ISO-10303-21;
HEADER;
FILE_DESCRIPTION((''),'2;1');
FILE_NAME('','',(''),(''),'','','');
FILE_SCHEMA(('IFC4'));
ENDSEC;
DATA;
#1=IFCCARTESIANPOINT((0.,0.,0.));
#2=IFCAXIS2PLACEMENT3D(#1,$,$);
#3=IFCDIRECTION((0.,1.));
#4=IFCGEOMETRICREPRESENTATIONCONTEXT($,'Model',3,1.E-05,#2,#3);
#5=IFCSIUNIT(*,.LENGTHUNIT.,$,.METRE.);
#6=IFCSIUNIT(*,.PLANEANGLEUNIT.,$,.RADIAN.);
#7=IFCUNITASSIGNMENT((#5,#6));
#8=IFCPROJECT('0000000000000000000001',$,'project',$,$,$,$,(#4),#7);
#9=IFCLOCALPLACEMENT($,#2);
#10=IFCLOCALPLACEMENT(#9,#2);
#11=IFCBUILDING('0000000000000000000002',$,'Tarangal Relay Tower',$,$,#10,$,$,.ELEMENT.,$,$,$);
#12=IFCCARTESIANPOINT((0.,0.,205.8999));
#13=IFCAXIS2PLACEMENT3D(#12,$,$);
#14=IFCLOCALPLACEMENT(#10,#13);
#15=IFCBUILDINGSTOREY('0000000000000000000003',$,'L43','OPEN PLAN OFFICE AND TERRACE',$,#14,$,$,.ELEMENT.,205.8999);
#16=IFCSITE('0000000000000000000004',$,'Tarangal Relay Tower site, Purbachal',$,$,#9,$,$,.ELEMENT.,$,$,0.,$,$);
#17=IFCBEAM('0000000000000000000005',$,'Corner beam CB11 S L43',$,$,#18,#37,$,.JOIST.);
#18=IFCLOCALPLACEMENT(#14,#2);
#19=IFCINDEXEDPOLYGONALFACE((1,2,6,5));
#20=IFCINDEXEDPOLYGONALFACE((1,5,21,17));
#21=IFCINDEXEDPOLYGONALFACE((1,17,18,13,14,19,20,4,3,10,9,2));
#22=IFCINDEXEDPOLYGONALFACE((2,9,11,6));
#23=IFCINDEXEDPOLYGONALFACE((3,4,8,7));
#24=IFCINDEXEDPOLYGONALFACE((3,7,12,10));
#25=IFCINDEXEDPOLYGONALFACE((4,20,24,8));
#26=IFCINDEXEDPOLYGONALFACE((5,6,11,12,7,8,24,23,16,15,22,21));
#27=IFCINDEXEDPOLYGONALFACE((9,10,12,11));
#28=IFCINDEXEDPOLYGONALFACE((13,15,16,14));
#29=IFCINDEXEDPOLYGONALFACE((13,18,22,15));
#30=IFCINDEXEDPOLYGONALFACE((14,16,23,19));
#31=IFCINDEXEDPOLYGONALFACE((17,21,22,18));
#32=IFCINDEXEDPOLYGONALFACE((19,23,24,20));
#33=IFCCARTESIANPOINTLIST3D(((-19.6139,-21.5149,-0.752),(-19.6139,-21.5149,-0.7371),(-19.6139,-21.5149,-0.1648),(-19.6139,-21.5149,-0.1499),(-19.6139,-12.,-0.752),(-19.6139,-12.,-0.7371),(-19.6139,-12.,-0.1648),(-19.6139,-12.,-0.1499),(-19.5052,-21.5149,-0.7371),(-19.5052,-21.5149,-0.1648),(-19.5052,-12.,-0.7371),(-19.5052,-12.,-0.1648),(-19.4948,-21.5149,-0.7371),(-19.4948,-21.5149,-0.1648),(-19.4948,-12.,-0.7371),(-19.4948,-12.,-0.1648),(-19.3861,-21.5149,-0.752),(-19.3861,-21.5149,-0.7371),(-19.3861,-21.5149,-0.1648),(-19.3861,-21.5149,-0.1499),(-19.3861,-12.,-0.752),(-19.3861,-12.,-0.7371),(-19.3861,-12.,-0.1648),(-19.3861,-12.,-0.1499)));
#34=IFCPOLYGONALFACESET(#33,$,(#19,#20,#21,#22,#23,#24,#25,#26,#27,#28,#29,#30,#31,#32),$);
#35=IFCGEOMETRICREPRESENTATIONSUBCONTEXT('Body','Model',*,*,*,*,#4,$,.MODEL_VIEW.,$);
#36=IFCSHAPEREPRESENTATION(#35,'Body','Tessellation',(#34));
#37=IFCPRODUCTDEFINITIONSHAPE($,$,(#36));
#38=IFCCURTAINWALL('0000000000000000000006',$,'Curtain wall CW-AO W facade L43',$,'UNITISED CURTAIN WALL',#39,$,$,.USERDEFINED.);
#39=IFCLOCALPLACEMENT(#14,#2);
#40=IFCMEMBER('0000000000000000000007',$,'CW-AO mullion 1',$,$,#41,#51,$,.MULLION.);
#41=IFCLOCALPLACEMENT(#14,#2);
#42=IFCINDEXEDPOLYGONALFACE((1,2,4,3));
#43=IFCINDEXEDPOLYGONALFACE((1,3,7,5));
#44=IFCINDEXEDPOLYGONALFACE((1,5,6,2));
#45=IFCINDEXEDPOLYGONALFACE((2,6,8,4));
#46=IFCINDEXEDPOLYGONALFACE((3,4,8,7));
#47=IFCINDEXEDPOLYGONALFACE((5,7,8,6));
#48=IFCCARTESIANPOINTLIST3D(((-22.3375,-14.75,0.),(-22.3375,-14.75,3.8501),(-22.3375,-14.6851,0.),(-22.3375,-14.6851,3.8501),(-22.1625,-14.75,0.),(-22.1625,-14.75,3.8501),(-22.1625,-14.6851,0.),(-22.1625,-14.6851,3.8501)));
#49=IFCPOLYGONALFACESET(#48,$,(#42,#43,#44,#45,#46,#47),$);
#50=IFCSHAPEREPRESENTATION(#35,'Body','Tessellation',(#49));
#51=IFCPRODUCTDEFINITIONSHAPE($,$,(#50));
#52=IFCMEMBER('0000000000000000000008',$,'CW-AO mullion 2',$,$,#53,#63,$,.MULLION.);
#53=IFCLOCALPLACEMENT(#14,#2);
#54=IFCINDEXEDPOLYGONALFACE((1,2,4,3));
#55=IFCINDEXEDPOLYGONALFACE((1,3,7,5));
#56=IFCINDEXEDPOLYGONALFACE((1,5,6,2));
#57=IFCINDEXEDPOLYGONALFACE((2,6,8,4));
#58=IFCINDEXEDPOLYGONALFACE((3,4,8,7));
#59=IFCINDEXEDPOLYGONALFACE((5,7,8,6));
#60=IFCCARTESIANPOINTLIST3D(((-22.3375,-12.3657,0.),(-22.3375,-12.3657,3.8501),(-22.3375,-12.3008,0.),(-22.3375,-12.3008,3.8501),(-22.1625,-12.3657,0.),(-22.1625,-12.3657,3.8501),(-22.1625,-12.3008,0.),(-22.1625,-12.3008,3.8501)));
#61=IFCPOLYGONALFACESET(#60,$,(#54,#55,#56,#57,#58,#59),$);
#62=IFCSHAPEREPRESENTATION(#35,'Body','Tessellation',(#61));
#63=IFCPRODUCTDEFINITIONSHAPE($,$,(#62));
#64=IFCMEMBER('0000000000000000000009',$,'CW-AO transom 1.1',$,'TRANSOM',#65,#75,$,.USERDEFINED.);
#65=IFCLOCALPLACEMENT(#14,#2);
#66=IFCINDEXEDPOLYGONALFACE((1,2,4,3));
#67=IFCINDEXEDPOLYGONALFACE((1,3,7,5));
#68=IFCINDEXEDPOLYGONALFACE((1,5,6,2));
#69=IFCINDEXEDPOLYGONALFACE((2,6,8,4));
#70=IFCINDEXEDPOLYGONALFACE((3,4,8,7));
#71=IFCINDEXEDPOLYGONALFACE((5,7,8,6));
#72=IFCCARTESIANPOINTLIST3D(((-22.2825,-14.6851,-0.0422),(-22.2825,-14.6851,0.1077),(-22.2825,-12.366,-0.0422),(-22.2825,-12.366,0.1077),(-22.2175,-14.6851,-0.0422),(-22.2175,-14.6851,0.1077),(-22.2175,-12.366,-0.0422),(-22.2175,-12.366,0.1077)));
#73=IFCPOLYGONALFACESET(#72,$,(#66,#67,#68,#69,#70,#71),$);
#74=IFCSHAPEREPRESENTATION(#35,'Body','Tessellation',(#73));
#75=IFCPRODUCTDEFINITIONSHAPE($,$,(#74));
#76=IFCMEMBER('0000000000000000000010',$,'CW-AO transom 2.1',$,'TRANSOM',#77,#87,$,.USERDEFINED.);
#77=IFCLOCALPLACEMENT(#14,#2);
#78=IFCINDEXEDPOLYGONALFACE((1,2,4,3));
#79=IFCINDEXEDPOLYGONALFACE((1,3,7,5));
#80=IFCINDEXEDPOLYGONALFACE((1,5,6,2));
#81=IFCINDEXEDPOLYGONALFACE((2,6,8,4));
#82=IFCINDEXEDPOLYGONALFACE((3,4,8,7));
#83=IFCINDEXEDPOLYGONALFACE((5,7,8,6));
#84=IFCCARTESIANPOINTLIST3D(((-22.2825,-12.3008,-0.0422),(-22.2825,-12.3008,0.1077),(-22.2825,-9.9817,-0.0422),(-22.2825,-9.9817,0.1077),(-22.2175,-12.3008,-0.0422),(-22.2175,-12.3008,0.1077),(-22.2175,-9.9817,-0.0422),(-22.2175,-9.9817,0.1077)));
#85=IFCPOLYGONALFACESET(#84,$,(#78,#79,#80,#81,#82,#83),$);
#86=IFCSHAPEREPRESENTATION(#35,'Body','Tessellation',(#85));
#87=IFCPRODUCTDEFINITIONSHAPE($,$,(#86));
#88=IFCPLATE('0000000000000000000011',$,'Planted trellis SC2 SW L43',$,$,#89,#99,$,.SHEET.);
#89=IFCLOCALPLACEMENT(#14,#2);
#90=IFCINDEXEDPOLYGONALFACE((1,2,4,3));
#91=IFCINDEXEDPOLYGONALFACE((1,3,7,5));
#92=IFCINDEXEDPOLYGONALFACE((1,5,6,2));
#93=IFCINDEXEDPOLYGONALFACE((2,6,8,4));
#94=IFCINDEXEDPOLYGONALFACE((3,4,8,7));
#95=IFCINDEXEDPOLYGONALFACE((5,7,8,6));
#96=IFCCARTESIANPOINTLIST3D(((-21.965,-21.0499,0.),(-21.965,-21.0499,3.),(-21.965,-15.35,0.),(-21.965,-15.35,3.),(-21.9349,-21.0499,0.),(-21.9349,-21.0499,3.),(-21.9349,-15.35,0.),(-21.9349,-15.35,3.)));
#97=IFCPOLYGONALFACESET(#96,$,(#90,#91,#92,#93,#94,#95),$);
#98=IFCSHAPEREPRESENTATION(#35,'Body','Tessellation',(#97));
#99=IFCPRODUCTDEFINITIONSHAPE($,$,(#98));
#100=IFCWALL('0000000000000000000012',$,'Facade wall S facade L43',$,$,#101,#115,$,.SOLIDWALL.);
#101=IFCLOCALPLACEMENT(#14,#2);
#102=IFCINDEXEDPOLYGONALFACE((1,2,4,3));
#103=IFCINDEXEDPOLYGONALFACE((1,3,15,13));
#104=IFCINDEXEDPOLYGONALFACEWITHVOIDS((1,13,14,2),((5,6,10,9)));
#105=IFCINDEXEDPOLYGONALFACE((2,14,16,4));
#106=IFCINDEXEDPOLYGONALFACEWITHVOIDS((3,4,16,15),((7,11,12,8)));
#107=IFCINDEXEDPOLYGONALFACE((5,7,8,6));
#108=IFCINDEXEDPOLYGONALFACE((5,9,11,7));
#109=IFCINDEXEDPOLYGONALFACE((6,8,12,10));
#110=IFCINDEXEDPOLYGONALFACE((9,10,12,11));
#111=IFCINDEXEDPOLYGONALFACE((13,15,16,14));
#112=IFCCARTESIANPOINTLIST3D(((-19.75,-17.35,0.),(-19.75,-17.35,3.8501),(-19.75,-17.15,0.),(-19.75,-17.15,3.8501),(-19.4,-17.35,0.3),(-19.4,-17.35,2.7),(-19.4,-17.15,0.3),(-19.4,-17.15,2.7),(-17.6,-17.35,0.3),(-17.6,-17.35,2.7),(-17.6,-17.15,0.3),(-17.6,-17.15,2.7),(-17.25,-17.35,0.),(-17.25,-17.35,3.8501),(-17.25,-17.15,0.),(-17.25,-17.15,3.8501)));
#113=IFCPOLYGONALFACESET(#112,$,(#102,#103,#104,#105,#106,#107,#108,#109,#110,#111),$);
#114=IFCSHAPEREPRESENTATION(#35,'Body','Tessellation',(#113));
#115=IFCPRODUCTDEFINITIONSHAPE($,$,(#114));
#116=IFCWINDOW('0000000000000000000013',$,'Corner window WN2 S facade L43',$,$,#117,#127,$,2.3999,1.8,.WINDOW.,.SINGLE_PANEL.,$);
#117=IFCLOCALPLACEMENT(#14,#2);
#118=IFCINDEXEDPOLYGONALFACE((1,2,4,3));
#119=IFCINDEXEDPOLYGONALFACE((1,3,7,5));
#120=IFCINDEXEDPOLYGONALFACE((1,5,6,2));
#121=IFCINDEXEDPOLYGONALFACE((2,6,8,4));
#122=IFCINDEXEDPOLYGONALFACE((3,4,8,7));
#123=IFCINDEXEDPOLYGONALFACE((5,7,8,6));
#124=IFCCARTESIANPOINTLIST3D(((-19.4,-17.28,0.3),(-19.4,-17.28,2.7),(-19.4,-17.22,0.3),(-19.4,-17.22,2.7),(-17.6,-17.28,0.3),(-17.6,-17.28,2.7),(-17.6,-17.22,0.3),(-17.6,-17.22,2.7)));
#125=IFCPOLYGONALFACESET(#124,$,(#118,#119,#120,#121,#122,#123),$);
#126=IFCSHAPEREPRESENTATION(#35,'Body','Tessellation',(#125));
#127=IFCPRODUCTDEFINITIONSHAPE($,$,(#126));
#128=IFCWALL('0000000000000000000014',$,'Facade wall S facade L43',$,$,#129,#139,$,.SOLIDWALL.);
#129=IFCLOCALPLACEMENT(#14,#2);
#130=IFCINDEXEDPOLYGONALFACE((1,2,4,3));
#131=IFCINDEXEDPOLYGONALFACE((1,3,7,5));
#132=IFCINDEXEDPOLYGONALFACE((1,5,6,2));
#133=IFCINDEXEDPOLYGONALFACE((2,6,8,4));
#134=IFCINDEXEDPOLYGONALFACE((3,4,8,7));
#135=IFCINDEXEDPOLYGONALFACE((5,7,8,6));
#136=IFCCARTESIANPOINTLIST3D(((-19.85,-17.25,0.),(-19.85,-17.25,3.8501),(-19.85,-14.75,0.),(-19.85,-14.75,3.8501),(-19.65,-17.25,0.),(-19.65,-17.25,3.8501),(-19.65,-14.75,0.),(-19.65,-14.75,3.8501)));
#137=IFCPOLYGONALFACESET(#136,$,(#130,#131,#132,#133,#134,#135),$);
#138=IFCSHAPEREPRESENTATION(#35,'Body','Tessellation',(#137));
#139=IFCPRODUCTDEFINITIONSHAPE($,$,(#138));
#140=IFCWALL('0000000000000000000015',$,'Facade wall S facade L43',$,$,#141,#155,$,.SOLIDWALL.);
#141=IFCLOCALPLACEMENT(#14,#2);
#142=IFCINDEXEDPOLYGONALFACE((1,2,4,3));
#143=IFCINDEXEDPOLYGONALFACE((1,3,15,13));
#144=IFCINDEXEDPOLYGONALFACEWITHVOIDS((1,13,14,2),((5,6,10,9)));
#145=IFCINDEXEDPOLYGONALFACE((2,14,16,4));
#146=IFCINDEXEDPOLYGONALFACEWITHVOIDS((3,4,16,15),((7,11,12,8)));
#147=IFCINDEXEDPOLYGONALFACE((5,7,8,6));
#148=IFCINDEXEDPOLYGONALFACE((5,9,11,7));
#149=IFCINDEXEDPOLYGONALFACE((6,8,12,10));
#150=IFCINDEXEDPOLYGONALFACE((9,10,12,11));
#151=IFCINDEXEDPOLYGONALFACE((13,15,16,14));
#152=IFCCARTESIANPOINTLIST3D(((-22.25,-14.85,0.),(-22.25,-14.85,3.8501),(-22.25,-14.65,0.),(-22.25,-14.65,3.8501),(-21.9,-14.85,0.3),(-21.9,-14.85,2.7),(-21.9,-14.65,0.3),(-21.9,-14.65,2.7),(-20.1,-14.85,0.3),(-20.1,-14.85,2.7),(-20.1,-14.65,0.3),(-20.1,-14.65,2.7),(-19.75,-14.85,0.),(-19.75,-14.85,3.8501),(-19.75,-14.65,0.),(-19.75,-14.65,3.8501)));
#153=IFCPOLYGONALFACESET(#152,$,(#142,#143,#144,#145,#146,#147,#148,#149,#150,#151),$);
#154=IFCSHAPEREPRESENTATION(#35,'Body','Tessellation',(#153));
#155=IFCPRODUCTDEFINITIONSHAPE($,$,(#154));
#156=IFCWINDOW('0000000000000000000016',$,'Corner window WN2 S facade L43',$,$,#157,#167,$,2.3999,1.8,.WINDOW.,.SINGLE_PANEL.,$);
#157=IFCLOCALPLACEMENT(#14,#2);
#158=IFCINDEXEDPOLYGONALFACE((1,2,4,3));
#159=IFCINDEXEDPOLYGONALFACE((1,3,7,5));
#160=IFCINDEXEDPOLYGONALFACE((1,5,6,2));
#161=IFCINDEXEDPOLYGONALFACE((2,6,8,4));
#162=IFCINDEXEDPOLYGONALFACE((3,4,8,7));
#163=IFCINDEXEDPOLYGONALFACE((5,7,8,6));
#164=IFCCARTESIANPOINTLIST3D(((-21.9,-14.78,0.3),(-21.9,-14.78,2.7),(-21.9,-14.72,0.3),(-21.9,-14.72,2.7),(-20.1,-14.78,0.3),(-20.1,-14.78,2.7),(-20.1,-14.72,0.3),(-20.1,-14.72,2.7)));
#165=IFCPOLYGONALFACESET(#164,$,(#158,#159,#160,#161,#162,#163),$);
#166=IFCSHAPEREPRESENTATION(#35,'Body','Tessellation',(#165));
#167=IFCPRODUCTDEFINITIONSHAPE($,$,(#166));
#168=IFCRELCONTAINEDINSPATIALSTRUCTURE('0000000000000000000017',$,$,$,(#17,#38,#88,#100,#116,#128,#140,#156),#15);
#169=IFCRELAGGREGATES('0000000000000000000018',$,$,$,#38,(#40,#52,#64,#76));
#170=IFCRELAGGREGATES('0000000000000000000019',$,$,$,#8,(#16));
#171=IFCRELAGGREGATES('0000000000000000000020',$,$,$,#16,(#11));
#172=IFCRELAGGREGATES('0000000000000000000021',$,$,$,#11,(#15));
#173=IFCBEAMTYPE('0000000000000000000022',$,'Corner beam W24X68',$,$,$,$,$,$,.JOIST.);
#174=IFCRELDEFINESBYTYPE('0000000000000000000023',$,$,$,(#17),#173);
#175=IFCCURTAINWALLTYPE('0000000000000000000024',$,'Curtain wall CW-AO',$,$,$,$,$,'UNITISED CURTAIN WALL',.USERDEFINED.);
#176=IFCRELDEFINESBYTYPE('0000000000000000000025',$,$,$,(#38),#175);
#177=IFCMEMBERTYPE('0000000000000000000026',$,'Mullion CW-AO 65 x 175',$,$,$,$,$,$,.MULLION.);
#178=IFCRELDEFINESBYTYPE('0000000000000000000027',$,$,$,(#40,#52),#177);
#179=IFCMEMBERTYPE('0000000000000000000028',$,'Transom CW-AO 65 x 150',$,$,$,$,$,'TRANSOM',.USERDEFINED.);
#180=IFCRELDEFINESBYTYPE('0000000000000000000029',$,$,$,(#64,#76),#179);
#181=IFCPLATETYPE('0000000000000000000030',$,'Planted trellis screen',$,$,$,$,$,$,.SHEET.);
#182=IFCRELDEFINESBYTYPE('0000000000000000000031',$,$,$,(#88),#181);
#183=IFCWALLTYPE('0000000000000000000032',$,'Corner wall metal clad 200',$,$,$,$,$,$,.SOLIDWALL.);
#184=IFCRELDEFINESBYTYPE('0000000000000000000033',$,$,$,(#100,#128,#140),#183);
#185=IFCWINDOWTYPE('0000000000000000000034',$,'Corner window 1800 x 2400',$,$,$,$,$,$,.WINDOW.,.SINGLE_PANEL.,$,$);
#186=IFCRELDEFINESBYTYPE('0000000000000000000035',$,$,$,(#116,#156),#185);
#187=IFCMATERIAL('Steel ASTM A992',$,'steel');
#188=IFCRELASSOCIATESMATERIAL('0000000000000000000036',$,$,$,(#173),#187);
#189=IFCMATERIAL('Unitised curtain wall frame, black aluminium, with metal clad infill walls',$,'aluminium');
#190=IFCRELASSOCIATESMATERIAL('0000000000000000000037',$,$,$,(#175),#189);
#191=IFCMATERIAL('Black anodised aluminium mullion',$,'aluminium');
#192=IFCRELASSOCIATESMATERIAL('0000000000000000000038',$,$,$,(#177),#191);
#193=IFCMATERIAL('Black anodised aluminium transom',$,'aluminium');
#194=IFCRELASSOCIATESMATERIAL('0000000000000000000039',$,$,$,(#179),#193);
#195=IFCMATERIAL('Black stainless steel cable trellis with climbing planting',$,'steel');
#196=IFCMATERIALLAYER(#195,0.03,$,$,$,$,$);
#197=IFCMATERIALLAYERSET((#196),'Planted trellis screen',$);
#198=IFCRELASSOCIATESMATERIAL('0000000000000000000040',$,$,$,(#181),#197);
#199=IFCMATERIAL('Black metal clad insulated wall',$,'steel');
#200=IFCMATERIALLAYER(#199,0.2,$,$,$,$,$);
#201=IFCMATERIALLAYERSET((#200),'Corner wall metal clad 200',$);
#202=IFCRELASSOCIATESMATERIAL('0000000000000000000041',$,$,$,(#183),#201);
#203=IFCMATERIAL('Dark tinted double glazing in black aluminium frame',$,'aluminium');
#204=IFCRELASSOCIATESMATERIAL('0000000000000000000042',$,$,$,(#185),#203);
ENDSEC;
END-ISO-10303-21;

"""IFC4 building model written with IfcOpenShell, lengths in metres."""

from ifc_helpers import new_model, si_unit, direction, frame, frame_2d, origin, origin_2d, place, context, subcontext, project, spatial, rectangle, i_section, extrude, material, layer, layer_set, material_profile, profile_set, type_object, element, fill, aggregate, save


model = new_model("IFC4")

# Units and contexts
model_context = context("Model", 3, precision=1e-05, world=origin(), true_north=direction((0.0, 1.0)))
body_context = subcontext(model_context, "Body", "Model", "MODEL_VIEW")
ifc_project = project(units=[si_unit("LENGTHUNIT", "METRE"), si_unit("PLANEANGLEUNIT", "RADIAN")], contexts=[model_context])

# Site, building, storey
site_placement = place(None, origin())
site = spatial("IfcSite", under=ifc_project, at=site_placement, Name="Tarangal Relay Tower site, Purbachal", CompositionType="ELEMENT", RefElevation=0.0)
building_placement = place(site_placement, origin())
building = spatial("IfcBuilding", under=site, at=building_placement, Name="Tarangal Relay Tower", CompositionType="ELEMENT")
storey_placement = place(building_placement, frame((0.0, 0.0, 205.8999)))
storey = spatial("IfcBuildingStorey", under=building, at=storey_placement, Name="L43", Description="OPEN PLAN OFFICE AND TERRACE", CompositionType="ELEMENT", Elevation=205.8999)

# Beam
ifc_material_1 = material(Name="Steel ASTM A992", Category="steel")
ifc_material_profile_1 = material_profile(ifc_material_1, i_section(OverallWidth=0.2278, OverallDepth=0.6021, WebThickness=0.0105, FlangeThickness=0.0149, at=origin_2d()), Name="W24X68")
ifc_profile_set_1 = profile_set([ifc_material_profile_1], Name="Steel ASTM A992")
beam_type = type_object("IfcBeamType", Name="Corner beam W24X68", PredefinedType="JOIST", material=ifc_profile_set_1)
beam_placement = place(storey_placement, frame((-19.5, -12.0, -0.4509), z_axis=(0.0, -1.0, 0.0), x_axis=(1.0, 0.0, 0.0)))
element("IfcBeam", 1, at=beam_placement, inside=storey, type_object=beam_type, Name="Corner beam CB11 S L43", PredefinedType="JOIST", context=body_context, shape_type="SweptSolid", body=[
    extrude(i_section(OverallWidth=0.2278, OverallDepth=0.6021, WebThickness=0.0105, FlangeThickness=0.0149, at=origin_2d()), origin(), (0.0, 0.0, 1.0), 9.5149),
])

# Curtain wall, members
ifc_material_2 = material(Name="Unitised curtain wall frame, black aluminium, with metal clad infill walls", Category="aluminium")
curtain_wall_type = type_object("IfcCurtainWallType", Name="Curtain wall CW-AO", ElementType="UNITISED CURTAIN WALL", PredefinedType="USERDEFINED", material=ifc_material_2)
curtain_wall_placement = place(storey_placement, origin())
curtain_wall = element("IfcCurtainWall", 2, at=curtain_wall_placement, inside=storey, type_object=curtain_wall_type, Name="Curtain wall CW-AO W facade L43", ObjectType="UNITISED CURTAIN WALL", PredefinedType="USERDEFINED")
ifc_material_3 = material(Name="Black anodised aluminium mullion", Category="aluminium")
ifc_material_profile_2 = material_profile(ifc_material_3, rectangle(XDim=0.175, YDim=0.0649, at=origin_2d()), Name="CW-AOM 65X175")
ifc_profile_set_2 = profile_set([ifc_material_profile_2], Name="Black anodised aluminium mullion")
member_type_1 = type_object("IfcMemberType", Name="Mullion CW-AO 65 x 175", PredefinedType="MULLION", material=ifc_profile_set_2)
member_1_placement = place(storey_placement, frame((-22.25, -14.7175, 0.0), z_axis=(0.0, 0.0, 1.0), x_axis=(-1.0, 0.0, 0.0)))
member_1 = element("IfcMember", 3, at=member_1_placement, type_object=member_type_1, Name="CW-AO mullion 1", PredefinedType="MULLION", context=body_context, shape_type="SweptSolid", body=[
    extrude(rectangle(XDim=0.175, YDim=0.0649, at=origin_2d()), origin(), (0.0, 0.0, 1.0), 3.8501),
])
member_2_placement = place(storey_placement, frame((-22.25, -12.3333, 0.0), z_axis=(0.0, 0.0, 1.0), x_axis=(-1.0, 0.0, 0.0)))
member_2 = element("IfcMember", 4, at=member_2_placement, type_object=member_type_1, Name="CW-AO mullion 2", PredefinedType="MULLION", context=body_context, shape_type="SweptSolid", body=[
    extrude(rectangle(XDim=0.175, YDim=0.0649, at=origin_2d()), origin(), (0.0, 0.0, 1.0), 3.8501),
])
ifc_material_4 = material(Name="Black anodised aluminium transom", Category="aluminium")
ifc_material_profile_3 = material_profile(ifc_material_4, rectangle(XDim=0.0649, YDim=0.1499, at=origin_2d()), Name="CW-AOT 65X150")
ifc_profile_set_3 = profile_set([ifc_material_profile_3], Name="Black anodised aluminium transom")
member_type_2 = type_object("IfcMemberType", Name="Transom CW-AO 65 x 150", ElementType="TRANSOM", PredefinedType="USERDEFINED", material=ifc_profile_set_3)
member_3_placement = place(storey_placement, frame((-22.25, -14.6851, 0.0327), z_axis=(0.0, 1.0, 0.0), x_axis=(-1.0, 0.0, 0.0)))
member_3 = element("IfcMember", 5, at=member_3_placement, type_object=member_type_2, Name="CW-AO transom 1.1", ObjectType="TRANSOM", PredefinedType="USERDEFINED", context=body_context, shape_type="SweptSolid", body=[
    extrude(rectangle(XDim=0.0649, YDim=0.1499, at=origin_2d()), origin(), (0.0, 0.0, 1.0), 2.3191),
])
member_4_placement = place(storey_placement, frame((-22.25, -12.3008, 0.0327), z_axis=(0.0, 1.0, 0.0), x_axis=(-1.0, 0.0, 0.0)))
member_4 = element("IfcMember", 6, at=member_4_placement, type_object=member_type_2, Name="CW-AO transom 2.1", ObjectType="TRANSOM", PredefinedType="USERDEFINED", context=body_context, shape_type="SweptSolid", body=[
    extrude(rectangle(XDim=0.0649, YDim=0.1499, at=origin_2d()), origin(), (0.0, 0.0, 1.0), 2.3191),
])
aggregate(curtain_wall, [member_1, member_2, member_3, member_4])

# Plate
ifc_material_5 = material(Name="Black stainless steel cable trellis with climbing planting", Category="steel")
ifc_layer_1 = layer(ifc_material_5, 0.03)
ifc_layer_set_1 = layer_set([ifc_layer_1], Name="Planted trellis screen")
plate_type = type_object("IfcPlateType", Name="Planted trellis screen", PredefinedType="SHEET", material=ifc_layer_set_1)
plate_placement = place(storey_placement, frame((-21.95, -18.2, 0.0), z_axis=(0.0, 0.0, 1.0), x_axis=(0.0, 1.0, 0.0)))
element("IfcPlate", 7, at=plate_placement, inside=storey, type_object=plate_type, Name="Planted trellis SC2 SW L43", PredefinedType="SHEET", context=body_context, shape_type="SweptSolid", body=[
    extrude(rectangle(XDim=5.7, YDim=0.03, at=origin_2d()), origin(), (0.0, 0.0, 1.0), 3.0),
])

# Wall, opening, window
ifc_material_6 = material(Name="Black metal clad insulated wall", Category="steel")
ifc_layer_2 = layer(ifc_material_6, 0.2)
ifc_layer_set_2 = layer_set([ifc_layer_2], Name="Corner wall metal clad 200")
wall_type_1 = type_object("IfcWallType", Name="Corner wall metal clad 200", PredefinedType="SOLIDWALL", material=ifc_layer_set_2)
wall_1_placement = place(storey_placement, frame((-17.25, -17.25, 0.0), z_axis=(0.0, 0.0, 1.0), x_axis=(-1.0, 0.0, 0.0)))
wall_1 = element("IfcWall", 8, at=wall_1_placement, inside=storey, type_object=wall_type_1, Name="Facade wall S facade L43", PredefinedType="SOLIDWALL", context=body_context, shape_type="SweptSolid", body=[
    extrude(rectangle(XDim=2.5, YDim=0.2, at=frame_2d((1.25, 0.0))), origin(), (0.0, 0.0, 1.0), 3.8501),
])
opening_1_placement = place(wall_1_placement, frame((0.3501, 0.0, 0.3)))
opening_1 = element("IfcOpeningElement", 9, at=opening_1_placement, cuts=wall_1, PredefinedType="OPENING", context=body_context, shape_type="SweptSolid", body=[
    extrude(rectangle(XDim=1.8, YDim=2.3999, at=frame_2d((0.8999, 1.2))), frame((0.0, 0.1099, 0.0), z_axis=(0.0, -1.0, 0.0), x_axis=(1.0, 0.0, 0.0)), (0.0, 0.0, 1.0), 0.22),
])
ifc_material_7 = material(Name="Dark tinted double glazing in black aluminium frame", Category="aluminium")
window_type = type_object("IfcWindowType", Name="Corner window 1800 x 2400", PartitioningType="SINGLE_PANEL", PredefinedType="WINDOW", material=ifc_material_7)
window_1_placement = place(opening_1_placement, origin())
window_1 = element("IfcWindow", 10, at=window_1_placement, inside=storey, type_object=window_type, Name="Corner window WN2 S facade L43", OverallHeight=2.3999, OverallWidth=1.8, PartitioningType="SINGLE_PANEL", PredefinedType="WINDOW", context=body_context, shape_type="SweptSolid", body=[
    extrude(rectangle(XDim=1.8, YDim=2.3999, at=frame_2d((0.8999, 1.2))), frame((0.0, 0.03, 0.0), z_axis=(0.0, -1.0, 0.0), x_axis=(1.0, 0.0, 0.0)), (0.0, 0.0, 1.0), 0.0601),
])
fill(opening_1, window_1)

# Wall
wall_2_placement = place(storey_placement, frame((-19.75, -17.25, 0.0), z_axis=(0.0, 0.0, 1.0), x_axis=(0.0, 1.0, 0.0)))
element("IfcWall", 11, at=wall_2_placement, inside=storey, type_object=wall_type_1, Name="Facade wall S facade L43", PredefinedType="SOLIDWALL", context=body_context, shape_type="SweptSolid", body=[
    extrude(rectangle(XDim=2.5, YDim=0.2, at=frame_2d((1.25, 0.0))), origin(), (0.0, 0.0, 1.0), 3.8501),
])

# Wall, opening, window
wall_3_placement = place(storey_placement, frame((-19.75, -14.75, 0.0), z_axis=(0.0, 0.0, 1.0), x_axis=(-1.0, 0.0, 0.0)))
wall_3 = element("IfcWall", 12, at=wall_3_placement, inside=storey, type_object=wall_type_1, Name="Facade wall S facade L43", PredefinedType="SOLIDWALL", context=body_context, shape_type="SweptSolid", body=[
    extrude(rectangle(XDim=2.5, YDim=0.2, at=frame_2d((1.25, 0.0))), origin(), (0.0, 0.0, 1.0), 3.8501),
])
opening_2_placement = place(wall_3_placement, frame((0.3501, 0.0, 0.3)))
opening_2 = element("IfcOpeningElement", 13, at=opening_2_placement, cuts=wall_3, PredefinedType="OPENING", context=body_context, shape_type="SweptSolid", body=[
    extrude(rectangle(XDim=1.8, YDim=2.3999, at=frame_2d((0.8999, 1.2))), frame((0.0, 0.1099, 0.0), z_axis=(0.0, -1.0, 0.0), x_axis=(1.0, 0.0, 0.0)), (0.0, 0.0, 1.0), 0.22),
])
window_2_placement = place(opening_2_placement, origin())
window_2 = element("IfcWindow", 14, at=window_2_placement, inside=storey, type_object=window_type, Name="Corner window WN2 S facade L43", OverallHeight=2.3999, OverallWidth=1.8, PartitioningType="SINGLE_PANEL", PredefinedType="WINDOW", context=body_context, shape_type="SweptSolid", body=[
    extrude(rectangle(XDim=1.8, YDim=2.3999, at=frame_2d((0.8999, 1.2))), frame((0.0, 0.03, 0.0), z_axis=(0.0, -1.0, 0.0), x_axis=(1.0, 0.0, 0.0)), (0.0, 0.0, 1.0), 0.0601),
])
fill(opening_2, window_2)

save(model, "model.ifc")
